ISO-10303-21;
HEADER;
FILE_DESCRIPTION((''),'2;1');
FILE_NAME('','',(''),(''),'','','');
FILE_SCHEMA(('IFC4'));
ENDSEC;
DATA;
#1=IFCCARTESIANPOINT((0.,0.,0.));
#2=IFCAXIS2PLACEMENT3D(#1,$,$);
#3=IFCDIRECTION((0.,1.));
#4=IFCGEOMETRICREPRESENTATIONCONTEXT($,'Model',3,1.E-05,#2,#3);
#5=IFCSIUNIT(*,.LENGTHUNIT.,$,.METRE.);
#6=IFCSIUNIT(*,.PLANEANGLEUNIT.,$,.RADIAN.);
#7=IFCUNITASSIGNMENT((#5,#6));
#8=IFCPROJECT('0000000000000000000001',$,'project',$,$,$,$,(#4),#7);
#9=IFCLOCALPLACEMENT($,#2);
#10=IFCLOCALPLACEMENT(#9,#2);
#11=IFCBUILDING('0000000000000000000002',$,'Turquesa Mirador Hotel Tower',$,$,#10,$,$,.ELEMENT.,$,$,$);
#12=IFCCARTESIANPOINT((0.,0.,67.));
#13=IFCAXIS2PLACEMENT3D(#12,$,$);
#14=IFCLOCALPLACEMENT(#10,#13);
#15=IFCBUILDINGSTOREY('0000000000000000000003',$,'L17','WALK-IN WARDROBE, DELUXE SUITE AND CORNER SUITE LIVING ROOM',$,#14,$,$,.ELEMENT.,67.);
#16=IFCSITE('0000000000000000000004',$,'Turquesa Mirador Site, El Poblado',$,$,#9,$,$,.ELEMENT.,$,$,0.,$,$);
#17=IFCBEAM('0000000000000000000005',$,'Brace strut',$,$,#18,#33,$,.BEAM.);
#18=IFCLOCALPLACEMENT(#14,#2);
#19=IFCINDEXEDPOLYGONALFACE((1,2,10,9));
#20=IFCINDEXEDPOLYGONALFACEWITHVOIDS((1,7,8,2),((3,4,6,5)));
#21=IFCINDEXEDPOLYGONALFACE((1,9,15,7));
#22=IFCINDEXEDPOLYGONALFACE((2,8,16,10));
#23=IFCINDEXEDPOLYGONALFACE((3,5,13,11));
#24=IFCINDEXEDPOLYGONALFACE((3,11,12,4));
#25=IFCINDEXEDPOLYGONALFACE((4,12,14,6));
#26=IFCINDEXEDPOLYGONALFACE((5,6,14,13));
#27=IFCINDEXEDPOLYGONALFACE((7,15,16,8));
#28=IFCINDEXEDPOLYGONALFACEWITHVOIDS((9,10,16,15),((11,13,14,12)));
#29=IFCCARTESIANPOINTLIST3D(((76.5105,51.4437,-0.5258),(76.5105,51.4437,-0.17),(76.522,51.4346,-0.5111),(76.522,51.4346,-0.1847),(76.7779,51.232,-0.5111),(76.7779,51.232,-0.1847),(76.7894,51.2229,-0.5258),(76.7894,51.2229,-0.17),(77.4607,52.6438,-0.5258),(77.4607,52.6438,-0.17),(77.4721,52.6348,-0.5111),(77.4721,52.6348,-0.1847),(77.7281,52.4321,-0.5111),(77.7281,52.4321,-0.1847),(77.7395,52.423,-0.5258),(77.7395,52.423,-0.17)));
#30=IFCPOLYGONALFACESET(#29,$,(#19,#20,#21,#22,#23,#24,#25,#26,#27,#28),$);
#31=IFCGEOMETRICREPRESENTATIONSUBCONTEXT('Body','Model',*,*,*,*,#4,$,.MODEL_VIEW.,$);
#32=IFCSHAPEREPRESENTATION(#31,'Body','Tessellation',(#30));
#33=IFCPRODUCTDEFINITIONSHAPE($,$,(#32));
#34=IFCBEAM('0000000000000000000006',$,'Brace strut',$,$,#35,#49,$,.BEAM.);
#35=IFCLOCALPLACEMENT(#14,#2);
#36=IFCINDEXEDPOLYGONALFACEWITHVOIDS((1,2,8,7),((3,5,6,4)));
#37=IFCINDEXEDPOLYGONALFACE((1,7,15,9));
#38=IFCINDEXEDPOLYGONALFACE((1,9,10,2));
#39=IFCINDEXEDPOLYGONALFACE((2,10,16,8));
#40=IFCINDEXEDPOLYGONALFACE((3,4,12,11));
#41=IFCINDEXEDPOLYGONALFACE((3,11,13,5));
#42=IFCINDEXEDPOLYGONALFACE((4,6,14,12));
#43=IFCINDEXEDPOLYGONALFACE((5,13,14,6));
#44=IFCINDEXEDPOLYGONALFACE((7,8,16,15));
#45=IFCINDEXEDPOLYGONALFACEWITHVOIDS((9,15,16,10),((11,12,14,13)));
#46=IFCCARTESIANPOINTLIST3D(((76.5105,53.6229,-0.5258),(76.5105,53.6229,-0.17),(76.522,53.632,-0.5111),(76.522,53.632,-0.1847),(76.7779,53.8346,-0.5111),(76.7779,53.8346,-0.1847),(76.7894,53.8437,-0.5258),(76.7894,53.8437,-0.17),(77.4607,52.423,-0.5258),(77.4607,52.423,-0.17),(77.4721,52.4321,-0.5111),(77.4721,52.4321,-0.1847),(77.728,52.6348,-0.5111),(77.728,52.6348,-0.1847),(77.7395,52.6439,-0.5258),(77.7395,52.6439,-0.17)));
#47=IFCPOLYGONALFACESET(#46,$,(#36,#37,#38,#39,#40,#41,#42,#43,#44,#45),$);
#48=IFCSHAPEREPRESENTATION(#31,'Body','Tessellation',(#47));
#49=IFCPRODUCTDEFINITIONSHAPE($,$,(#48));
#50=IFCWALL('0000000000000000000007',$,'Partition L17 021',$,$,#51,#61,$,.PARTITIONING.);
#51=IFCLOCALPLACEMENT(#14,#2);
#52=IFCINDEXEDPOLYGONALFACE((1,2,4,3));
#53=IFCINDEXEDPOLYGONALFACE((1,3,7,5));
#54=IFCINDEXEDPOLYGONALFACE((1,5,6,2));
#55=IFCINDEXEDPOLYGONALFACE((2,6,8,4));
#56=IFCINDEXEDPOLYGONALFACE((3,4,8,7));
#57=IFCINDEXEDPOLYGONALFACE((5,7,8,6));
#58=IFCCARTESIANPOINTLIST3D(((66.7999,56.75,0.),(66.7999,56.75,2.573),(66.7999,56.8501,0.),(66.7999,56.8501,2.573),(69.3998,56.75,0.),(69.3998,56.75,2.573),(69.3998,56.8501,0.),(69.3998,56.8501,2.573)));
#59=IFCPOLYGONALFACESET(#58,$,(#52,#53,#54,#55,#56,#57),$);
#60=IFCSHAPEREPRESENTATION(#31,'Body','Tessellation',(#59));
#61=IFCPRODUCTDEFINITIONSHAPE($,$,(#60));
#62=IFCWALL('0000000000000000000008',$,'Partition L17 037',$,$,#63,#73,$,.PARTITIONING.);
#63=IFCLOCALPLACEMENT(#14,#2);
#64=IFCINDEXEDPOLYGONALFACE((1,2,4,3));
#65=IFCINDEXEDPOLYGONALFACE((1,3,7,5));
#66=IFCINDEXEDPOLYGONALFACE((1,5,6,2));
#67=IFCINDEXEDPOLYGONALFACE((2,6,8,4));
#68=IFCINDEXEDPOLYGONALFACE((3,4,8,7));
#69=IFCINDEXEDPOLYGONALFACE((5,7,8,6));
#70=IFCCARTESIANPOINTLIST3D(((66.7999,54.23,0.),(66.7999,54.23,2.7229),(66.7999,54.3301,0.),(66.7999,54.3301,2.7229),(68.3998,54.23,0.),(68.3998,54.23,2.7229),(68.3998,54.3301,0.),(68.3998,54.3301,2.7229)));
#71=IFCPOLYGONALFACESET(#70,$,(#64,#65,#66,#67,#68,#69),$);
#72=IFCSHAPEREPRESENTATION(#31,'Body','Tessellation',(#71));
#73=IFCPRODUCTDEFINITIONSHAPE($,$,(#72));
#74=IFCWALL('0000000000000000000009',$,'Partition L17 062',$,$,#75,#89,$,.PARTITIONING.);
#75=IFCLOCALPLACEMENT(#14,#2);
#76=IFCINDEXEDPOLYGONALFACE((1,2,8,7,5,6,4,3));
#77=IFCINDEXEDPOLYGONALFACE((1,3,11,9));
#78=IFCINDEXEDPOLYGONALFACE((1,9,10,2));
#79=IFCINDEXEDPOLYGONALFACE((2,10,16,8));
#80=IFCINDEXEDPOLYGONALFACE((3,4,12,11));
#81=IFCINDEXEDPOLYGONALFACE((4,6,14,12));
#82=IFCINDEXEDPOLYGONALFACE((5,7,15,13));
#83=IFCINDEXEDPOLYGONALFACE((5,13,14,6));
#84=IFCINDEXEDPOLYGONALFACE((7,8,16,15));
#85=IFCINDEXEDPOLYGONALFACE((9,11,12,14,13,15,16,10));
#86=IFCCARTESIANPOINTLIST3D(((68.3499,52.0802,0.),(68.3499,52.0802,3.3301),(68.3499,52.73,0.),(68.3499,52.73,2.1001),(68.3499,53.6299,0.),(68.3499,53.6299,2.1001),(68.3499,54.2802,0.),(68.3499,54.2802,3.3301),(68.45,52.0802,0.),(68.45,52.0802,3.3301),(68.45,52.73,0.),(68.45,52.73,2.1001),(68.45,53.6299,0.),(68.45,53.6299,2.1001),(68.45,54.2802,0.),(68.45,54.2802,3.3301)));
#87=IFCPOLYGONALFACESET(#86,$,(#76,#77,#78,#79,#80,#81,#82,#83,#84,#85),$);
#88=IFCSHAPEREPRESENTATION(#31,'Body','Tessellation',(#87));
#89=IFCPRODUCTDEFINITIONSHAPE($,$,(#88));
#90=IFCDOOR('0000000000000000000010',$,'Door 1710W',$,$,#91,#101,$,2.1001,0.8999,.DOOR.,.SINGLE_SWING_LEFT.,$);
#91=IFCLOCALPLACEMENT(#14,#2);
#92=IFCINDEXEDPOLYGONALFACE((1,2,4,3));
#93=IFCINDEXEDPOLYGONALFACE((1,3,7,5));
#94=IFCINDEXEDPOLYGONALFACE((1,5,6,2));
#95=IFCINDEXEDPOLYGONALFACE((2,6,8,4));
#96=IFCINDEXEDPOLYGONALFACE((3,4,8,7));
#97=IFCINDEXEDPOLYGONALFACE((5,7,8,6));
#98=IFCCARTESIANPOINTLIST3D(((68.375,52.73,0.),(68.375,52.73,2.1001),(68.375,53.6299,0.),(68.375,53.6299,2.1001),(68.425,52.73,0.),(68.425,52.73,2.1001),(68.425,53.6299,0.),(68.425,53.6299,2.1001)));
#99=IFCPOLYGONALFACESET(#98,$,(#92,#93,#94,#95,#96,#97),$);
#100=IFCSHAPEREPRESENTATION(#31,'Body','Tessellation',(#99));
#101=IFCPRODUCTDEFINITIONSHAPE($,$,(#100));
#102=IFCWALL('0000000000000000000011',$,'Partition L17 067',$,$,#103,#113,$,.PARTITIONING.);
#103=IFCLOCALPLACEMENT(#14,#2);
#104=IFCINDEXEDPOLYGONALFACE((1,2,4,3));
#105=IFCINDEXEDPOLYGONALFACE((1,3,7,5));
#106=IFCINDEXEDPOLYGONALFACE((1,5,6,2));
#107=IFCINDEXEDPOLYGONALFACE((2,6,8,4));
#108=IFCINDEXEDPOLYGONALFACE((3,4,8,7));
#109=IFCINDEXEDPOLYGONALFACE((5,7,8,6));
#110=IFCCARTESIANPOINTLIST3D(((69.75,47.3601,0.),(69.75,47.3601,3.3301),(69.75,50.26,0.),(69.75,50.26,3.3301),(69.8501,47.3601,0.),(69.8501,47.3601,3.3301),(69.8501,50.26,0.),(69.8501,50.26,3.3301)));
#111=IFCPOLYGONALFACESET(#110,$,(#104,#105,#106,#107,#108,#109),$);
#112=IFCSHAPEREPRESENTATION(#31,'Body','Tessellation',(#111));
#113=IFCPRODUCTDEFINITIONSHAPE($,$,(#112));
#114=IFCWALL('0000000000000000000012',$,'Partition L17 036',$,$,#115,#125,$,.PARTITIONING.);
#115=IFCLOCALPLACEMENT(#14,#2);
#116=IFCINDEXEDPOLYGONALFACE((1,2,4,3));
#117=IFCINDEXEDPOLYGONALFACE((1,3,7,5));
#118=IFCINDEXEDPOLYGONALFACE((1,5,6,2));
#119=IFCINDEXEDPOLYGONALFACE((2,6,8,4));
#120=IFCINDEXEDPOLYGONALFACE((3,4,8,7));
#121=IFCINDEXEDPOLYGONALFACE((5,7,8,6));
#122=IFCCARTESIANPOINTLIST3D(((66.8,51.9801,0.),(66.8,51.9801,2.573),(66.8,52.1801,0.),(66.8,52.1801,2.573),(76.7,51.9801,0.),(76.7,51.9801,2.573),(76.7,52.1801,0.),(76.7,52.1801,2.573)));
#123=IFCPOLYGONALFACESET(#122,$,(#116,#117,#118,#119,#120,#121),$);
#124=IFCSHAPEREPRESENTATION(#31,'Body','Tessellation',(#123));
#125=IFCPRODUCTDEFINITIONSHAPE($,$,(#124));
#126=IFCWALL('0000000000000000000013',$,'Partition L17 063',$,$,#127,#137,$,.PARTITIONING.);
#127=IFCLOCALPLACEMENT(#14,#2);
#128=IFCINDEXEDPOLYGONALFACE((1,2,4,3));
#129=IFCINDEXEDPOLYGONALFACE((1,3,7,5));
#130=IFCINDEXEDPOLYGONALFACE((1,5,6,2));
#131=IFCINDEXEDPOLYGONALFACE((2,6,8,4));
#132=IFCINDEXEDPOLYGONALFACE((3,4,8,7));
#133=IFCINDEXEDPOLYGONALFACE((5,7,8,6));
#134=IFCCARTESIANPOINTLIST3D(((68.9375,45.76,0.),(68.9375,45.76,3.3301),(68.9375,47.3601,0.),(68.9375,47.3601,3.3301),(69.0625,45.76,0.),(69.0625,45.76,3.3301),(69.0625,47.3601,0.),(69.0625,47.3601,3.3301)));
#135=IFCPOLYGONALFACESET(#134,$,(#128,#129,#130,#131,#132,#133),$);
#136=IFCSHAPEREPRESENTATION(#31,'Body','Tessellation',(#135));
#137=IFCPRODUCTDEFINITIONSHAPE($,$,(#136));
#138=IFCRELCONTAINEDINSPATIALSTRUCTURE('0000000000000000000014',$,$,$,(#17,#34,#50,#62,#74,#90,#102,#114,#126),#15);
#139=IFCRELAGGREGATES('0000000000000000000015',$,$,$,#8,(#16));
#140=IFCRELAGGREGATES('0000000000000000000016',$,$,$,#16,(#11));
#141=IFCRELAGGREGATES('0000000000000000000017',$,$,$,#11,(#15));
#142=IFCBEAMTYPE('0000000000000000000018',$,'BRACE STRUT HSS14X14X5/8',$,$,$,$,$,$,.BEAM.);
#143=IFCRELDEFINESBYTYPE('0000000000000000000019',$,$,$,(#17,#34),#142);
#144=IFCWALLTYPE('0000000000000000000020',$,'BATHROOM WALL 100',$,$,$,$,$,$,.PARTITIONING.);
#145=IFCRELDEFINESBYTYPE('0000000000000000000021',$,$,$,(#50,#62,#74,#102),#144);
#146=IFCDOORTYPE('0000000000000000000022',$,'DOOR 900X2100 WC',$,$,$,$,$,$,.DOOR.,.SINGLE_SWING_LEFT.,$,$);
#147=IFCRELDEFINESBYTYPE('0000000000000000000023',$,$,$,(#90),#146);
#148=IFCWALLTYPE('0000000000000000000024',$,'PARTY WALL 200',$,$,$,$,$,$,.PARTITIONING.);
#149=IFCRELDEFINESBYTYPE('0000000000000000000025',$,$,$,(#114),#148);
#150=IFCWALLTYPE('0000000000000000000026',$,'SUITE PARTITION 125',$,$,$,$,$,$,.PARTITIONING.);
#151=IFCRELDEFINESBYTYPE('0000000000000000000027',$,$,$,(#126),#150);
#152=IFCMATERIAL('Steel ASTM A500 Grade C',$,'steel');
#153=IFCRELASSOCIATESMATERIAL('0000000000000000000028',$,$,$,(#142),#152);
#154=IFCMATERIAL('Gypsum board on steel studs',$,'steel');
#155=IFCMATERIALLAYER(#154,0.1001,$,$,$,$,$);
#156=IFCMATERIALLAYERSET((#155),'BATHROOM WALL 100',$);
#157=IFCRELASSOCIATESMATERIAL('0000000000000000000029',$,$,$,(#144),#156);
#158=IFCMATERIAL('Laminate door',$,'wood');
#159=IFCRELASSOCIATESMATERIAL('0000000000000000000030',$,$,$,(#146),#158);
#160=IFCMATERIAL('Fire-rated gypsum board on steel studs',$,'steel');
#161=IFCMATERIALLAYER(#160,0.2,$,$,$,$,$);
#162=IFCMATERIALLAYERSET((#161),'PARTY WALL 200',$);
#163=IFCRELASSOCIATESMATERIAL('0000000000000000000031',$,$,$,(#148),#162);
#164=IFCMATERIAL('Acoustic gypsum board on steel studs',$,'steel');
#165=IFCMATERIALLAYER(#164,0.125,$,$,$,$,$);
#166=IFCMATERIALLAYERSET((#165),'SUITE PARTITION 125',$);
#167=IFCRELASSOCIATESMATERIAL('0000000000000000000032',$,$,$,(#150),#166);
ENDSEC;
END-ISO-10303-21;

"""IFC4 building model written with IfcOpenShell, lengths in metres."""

from ifc_helpers import new_model, si_unit, direction, frame, frame_2d, origin, origin_2d, place, context, subcontext, project, spatial, rectangle, hollow_rectangle, extrude, material, layer, layer_set, material_profile, profile_set, type_object, element, fill, save


model = new_model("IFC4")

# Units and contexts
model_context = context("Model", 3, precision=1e-05, world=origin(), true_north=direction((0.0, 1.0)))
body_context = subcontext(model_context, "Body", "Model", "MODEL_VIEW")
ifc_project = project(units=[si_unit("LENGTHUNIT", "METRE"), si_unit("PLANEANGLEUNIT", "RADIAN")], contexts=[model_context])

# Site, building, storey
site_placement = place(None, origin())
site = spatial("IfcSite", under=ifc_project, at=site_placement, Name="Turquesa Mirador Site, El Poblado", CompositionType="ELEMENT", RefElevation=0.0)
building_placement = place(site_placement, origin())
building = spatial("IfcBuilding", under=site, at=building_placement, Name="Turquesa Mirador Hotel Tower", CompositionType="ELEMENT")
storey_placement = place(building_placement, frame((0.0, 0.0, 67.0)))
storey = spatial("IfcBuildingStorey", under=building, at=storey_placement, Name="L17", Description="WALK-IN WARDROBE, DELUXE SUITE AND CORNER SUITE LIVING ROOM", CompositionType="ELEMENT", Elevation=67.0)

# Beams
ifc_material_1 = material(Name="Steel ASTM A500 Grade C", Category="steel")
ifc_material_profile_1 = material_profile(ifc_material_1, hollow_rectangle(XDim=0.3557, YDim=0.3557, WallThickness=0.0146, at=origin_2d()), Name="HSS14X14X5/8")
ifc_profile_set_1 = profile_set([ifc_material_profile_1], Name="Steel ASTM A500 Grade C")
beam_type_1 = type_object("IfcBeamType", Name="BRACE STRUT HSS14X14X5/8", PredefinedType="BEAM", material=ifc_profile_set_1)
beam_1_placement = place(storey_placement, frame((77.6001, 52.5334, -0.3479), z_axis=(-0.620719, -0.784033, 0.0), x_axis=(0.784033, -0.620719, 0.0)))
element("IfcBeam", 1, at=beam_1_placement, inside=storey, type_object=beam_type_1, Name="Brace strut", PredefinedType="BEAM", context=body_context, shape_type="SweptSolid", body=[
    extrude(hollow_rectangle(XDim=0.3557, YDim=0.3557, WallThickness=0.0146, at=origin_2d()), origin(), (0.0, 0.0, 1.0), 1.5308),
])
beam_2_placement = place(storey_placement, frame((77.6001, 52.5334, -0.3479), z_axis=(-0.620797, 0.783971, 0.0), x_axis=(-0.783971, -0.620797, 0.0)))
element("IfcBeam", 2, at=beam_2_placement, inside=storey, type_object=beam_type_1, Name="Brace strut", PredefinedType="BEAM", context=body_context, shape_type="SweptSolid", body=[
    extrude(hollow_rectangle(XDim=0.3557, YDim=0.3557, WallThickness=0.0146, at=origin_2d()), origin(), (0.0, 0.0, 1.0), 1.5305),
])

# Walls
ifc_material_2 = material(Name="Gypsum board on steel studs", Category="steel")
ifc_layer_1 = layer(ifc_material_2, 0.1001)
ifc_layer_set_1 = layer_set([ifc_layer_1], Name="BATHROOM WALL 100")
wall_type_1 = type_object("IfcWallType", Name="BATHROOM WALL 100", PredefinedType="PARTITIONING", material=ifc_layer_set_1)
wall_1_placement = place(storey_placement, frame((66.8, 56.8, 0.0), z_axis=(0.0, 0.0, 1.0), x_axis=(1.0, 0.0, 0.0)))
element("IfcWall", 3, at=wall_1_placement, inside=storey, type_object=wall_type_1, Name="Partition L17 021", PredefinedType="PARTITIONING", context=body_context, shape_type="SweptSolid", body=[
    extrude(rectangle(XDim=2.5999, YDim=0.1001, at=frame_2d((1.2998, 0.0))), origin(), (0.0, 0.0, 1.0), 2.573),
])
wall_2_placement = place(storey_placement, frame((66.8, 54.28, 0.0), z_axis=(0.0, 0.0, 1.0), x_axis=(1.0, 0.0, 0.0)))
element("IfcWall", 4, at=wall_2_placement, inside=storey, type_object=wall_type_1, Name="Partition L17 037", PredefinedType="PARTITIONING", context=body_context, shape_type="SweptSolid", body=[
    extrude(rectangle(XDim=1.5999, YDim=0.1001, at=frame_2d((0.7998, 0.0))), origin(), (0.0, 0.0, 1.0), 2.7229),
])

# Wall, opening, door
wall_3_placement = place(storey_placement, frame((68.3999, 52.0801, 0.0), z_axis=(0.0, 0.0, 1.0), x_axis=(0.0, 1.0, 0.0)))
wall_3 = element("IfcWall", 5, at=wall_3_placement, inside=storey, type_object=wall_type_1, Name="Partition L17 062", PredefinedType="PARTITIONING", context=body_context, shape_type="SweptSolid", body=[
    extrude(rectangle(XDim=2.2, YDim=0.1001, at=frame_2d((1.1001, 0.0))), origin(), (0.0, 0.0, 1.0), 3.3301),
])
opening_placement = place(wall_3_placement, frame((0.6499, 0.0, 0.0)))
opening = element("IfcOpeningElement", 6, at=opening_placement, cuts=wall_3, PredefinedType="OPENING", context=body_context, shape_type="SweptSolid", body=[
    extrude(rectangle(XDim=0.8999, YDim=2.1001, at=frame_2d((0.45, 1.05))), frame((0.0, 0.0601, 0.0), z_axis=(0.0, -1.0, 0.0), x_axis=(1.0, 0.0, 0.0)), (0.0, 0.0, 1.0), 0.1201),
])
ifc_material_3 = material(Name="Laminate door", Category="wood")
door_type = type_object("IfcDoorType", Name="DOOR 900X2100 WC", OperationType="SINGLE_SWING_LEFT", PredefinedType="DOOR", material=ifc_material_3)
door_placement = place(opening_placement, origin())
door = element("IfcDoor", 7, at=door_placement, inside=storey, type_object=door_type, Name="Door 1710W", OperationType="SINGLE_SWING_LEFT", OverallHeight=2.1001, OverallWidth=0.8999, PredefinedType="DOOR", context=body_context, shape_type="SweptSolid", body=[
    extrude(rectangle(XDim=0.8999, YDim=2.1001, at=frame_2d((0.45, 1.05))), frame((0.0, 0.0249, 0.0), z_axis=(0.0, -1.0, 0.0), x_axis=(1.0, 0.0, 0.0)), (0.0, 0.0, 1.0), 0.05),
])
fill(opening, door)

# Walls
wall_4_placement = place(storey_placement, frame((69.8, 47.3601, 0.0), z_axis=(0.0, 0.0, 1.0), x_axis=(0.0, 1.0, 0.0)))
element("IfcWall", 8, at=wall_4_placement, inside=storey, type_object=wall_type_1, Name="Partition L17 067", PredefinedType="PARTITIONING", context=body_context, shape_type="SweptSolid", body=[
    extrude(rectangle(XDim=2.8999, YDim=0.1001, at=frame_2d((1.45, 0.0))), origin(), (0.0, 0.0, 1.0), 3.3301),
])
ifc_material_4 = material(Name="Fire-rated gypsum board on steel studs", Category="steel")
ifc_layer_2 = layer(ifc_material_4, 0.2)
ifc_layer_set_2 = layer_set([ifc_layer_2], Name="PARTY WALL 200")
wall_type_2 = type_object("IfcWallType", Name="PARTY WALL 200", PredefinedType="PARTITIONING", material=ifc_layer_set_2)
wall_5_placement = place(storey_placement, frame((66.8, 52.0801, 0.0), z_axis=(0.0, 0.0, 1.0), x_axis=(1.0, 0.0, 0.0)))
element("IfcWall", 9, at=wall_5_placement, inside=storey, type_object=wall_type_2, Name="Partition L17 036", PredefinedType="PARTITIONING", context=body_context, shape_type="SweptSolid", body=[
    extrude(rectangle(XDim=9.8999, YDim=0.2, at=frame_2d((4.95, 0.0))), origin(), (0.0, 0.0, 1.0), 2.573),
])
ifc_material_5 = material(Name="Acoustic gypsum board on steel studs", Category="steel")
ifc_layer_3 = layer(ifc_material_5, 0.125)
ifc_layer_set_3 = layer_set([ifc_layer_3], Name="SUITE PARTITION 125")
wall_type_3 = type_object("IfcWallType", Name="SUITE PARTITION 125", PredefinedType="PARTITIONING", material=ifc_layer_set_3)
wall_6_placement = place(storey_placement, frame((69.0, 45.76, 0.0), z_axis=(0.0, 0.0, 1.0), x_axis=(0.0, 1.0, 0.0)))
element("IfcWall", 10, at=wall_6_placement, inside=storey, type_object=wall_type_3, Name="Partition L17 063", PredefinedType="PARTITIONING", context=body_context, shape_type="SweptSolid", body=[
    extrude(rectangle(XDim=1.6001, YDim=0.125, at=frame_2d((0.8, 0.0))), origin(), (0.0, 0.0, 1.0), 3.3301),
])

save(model, "model.ifc")
